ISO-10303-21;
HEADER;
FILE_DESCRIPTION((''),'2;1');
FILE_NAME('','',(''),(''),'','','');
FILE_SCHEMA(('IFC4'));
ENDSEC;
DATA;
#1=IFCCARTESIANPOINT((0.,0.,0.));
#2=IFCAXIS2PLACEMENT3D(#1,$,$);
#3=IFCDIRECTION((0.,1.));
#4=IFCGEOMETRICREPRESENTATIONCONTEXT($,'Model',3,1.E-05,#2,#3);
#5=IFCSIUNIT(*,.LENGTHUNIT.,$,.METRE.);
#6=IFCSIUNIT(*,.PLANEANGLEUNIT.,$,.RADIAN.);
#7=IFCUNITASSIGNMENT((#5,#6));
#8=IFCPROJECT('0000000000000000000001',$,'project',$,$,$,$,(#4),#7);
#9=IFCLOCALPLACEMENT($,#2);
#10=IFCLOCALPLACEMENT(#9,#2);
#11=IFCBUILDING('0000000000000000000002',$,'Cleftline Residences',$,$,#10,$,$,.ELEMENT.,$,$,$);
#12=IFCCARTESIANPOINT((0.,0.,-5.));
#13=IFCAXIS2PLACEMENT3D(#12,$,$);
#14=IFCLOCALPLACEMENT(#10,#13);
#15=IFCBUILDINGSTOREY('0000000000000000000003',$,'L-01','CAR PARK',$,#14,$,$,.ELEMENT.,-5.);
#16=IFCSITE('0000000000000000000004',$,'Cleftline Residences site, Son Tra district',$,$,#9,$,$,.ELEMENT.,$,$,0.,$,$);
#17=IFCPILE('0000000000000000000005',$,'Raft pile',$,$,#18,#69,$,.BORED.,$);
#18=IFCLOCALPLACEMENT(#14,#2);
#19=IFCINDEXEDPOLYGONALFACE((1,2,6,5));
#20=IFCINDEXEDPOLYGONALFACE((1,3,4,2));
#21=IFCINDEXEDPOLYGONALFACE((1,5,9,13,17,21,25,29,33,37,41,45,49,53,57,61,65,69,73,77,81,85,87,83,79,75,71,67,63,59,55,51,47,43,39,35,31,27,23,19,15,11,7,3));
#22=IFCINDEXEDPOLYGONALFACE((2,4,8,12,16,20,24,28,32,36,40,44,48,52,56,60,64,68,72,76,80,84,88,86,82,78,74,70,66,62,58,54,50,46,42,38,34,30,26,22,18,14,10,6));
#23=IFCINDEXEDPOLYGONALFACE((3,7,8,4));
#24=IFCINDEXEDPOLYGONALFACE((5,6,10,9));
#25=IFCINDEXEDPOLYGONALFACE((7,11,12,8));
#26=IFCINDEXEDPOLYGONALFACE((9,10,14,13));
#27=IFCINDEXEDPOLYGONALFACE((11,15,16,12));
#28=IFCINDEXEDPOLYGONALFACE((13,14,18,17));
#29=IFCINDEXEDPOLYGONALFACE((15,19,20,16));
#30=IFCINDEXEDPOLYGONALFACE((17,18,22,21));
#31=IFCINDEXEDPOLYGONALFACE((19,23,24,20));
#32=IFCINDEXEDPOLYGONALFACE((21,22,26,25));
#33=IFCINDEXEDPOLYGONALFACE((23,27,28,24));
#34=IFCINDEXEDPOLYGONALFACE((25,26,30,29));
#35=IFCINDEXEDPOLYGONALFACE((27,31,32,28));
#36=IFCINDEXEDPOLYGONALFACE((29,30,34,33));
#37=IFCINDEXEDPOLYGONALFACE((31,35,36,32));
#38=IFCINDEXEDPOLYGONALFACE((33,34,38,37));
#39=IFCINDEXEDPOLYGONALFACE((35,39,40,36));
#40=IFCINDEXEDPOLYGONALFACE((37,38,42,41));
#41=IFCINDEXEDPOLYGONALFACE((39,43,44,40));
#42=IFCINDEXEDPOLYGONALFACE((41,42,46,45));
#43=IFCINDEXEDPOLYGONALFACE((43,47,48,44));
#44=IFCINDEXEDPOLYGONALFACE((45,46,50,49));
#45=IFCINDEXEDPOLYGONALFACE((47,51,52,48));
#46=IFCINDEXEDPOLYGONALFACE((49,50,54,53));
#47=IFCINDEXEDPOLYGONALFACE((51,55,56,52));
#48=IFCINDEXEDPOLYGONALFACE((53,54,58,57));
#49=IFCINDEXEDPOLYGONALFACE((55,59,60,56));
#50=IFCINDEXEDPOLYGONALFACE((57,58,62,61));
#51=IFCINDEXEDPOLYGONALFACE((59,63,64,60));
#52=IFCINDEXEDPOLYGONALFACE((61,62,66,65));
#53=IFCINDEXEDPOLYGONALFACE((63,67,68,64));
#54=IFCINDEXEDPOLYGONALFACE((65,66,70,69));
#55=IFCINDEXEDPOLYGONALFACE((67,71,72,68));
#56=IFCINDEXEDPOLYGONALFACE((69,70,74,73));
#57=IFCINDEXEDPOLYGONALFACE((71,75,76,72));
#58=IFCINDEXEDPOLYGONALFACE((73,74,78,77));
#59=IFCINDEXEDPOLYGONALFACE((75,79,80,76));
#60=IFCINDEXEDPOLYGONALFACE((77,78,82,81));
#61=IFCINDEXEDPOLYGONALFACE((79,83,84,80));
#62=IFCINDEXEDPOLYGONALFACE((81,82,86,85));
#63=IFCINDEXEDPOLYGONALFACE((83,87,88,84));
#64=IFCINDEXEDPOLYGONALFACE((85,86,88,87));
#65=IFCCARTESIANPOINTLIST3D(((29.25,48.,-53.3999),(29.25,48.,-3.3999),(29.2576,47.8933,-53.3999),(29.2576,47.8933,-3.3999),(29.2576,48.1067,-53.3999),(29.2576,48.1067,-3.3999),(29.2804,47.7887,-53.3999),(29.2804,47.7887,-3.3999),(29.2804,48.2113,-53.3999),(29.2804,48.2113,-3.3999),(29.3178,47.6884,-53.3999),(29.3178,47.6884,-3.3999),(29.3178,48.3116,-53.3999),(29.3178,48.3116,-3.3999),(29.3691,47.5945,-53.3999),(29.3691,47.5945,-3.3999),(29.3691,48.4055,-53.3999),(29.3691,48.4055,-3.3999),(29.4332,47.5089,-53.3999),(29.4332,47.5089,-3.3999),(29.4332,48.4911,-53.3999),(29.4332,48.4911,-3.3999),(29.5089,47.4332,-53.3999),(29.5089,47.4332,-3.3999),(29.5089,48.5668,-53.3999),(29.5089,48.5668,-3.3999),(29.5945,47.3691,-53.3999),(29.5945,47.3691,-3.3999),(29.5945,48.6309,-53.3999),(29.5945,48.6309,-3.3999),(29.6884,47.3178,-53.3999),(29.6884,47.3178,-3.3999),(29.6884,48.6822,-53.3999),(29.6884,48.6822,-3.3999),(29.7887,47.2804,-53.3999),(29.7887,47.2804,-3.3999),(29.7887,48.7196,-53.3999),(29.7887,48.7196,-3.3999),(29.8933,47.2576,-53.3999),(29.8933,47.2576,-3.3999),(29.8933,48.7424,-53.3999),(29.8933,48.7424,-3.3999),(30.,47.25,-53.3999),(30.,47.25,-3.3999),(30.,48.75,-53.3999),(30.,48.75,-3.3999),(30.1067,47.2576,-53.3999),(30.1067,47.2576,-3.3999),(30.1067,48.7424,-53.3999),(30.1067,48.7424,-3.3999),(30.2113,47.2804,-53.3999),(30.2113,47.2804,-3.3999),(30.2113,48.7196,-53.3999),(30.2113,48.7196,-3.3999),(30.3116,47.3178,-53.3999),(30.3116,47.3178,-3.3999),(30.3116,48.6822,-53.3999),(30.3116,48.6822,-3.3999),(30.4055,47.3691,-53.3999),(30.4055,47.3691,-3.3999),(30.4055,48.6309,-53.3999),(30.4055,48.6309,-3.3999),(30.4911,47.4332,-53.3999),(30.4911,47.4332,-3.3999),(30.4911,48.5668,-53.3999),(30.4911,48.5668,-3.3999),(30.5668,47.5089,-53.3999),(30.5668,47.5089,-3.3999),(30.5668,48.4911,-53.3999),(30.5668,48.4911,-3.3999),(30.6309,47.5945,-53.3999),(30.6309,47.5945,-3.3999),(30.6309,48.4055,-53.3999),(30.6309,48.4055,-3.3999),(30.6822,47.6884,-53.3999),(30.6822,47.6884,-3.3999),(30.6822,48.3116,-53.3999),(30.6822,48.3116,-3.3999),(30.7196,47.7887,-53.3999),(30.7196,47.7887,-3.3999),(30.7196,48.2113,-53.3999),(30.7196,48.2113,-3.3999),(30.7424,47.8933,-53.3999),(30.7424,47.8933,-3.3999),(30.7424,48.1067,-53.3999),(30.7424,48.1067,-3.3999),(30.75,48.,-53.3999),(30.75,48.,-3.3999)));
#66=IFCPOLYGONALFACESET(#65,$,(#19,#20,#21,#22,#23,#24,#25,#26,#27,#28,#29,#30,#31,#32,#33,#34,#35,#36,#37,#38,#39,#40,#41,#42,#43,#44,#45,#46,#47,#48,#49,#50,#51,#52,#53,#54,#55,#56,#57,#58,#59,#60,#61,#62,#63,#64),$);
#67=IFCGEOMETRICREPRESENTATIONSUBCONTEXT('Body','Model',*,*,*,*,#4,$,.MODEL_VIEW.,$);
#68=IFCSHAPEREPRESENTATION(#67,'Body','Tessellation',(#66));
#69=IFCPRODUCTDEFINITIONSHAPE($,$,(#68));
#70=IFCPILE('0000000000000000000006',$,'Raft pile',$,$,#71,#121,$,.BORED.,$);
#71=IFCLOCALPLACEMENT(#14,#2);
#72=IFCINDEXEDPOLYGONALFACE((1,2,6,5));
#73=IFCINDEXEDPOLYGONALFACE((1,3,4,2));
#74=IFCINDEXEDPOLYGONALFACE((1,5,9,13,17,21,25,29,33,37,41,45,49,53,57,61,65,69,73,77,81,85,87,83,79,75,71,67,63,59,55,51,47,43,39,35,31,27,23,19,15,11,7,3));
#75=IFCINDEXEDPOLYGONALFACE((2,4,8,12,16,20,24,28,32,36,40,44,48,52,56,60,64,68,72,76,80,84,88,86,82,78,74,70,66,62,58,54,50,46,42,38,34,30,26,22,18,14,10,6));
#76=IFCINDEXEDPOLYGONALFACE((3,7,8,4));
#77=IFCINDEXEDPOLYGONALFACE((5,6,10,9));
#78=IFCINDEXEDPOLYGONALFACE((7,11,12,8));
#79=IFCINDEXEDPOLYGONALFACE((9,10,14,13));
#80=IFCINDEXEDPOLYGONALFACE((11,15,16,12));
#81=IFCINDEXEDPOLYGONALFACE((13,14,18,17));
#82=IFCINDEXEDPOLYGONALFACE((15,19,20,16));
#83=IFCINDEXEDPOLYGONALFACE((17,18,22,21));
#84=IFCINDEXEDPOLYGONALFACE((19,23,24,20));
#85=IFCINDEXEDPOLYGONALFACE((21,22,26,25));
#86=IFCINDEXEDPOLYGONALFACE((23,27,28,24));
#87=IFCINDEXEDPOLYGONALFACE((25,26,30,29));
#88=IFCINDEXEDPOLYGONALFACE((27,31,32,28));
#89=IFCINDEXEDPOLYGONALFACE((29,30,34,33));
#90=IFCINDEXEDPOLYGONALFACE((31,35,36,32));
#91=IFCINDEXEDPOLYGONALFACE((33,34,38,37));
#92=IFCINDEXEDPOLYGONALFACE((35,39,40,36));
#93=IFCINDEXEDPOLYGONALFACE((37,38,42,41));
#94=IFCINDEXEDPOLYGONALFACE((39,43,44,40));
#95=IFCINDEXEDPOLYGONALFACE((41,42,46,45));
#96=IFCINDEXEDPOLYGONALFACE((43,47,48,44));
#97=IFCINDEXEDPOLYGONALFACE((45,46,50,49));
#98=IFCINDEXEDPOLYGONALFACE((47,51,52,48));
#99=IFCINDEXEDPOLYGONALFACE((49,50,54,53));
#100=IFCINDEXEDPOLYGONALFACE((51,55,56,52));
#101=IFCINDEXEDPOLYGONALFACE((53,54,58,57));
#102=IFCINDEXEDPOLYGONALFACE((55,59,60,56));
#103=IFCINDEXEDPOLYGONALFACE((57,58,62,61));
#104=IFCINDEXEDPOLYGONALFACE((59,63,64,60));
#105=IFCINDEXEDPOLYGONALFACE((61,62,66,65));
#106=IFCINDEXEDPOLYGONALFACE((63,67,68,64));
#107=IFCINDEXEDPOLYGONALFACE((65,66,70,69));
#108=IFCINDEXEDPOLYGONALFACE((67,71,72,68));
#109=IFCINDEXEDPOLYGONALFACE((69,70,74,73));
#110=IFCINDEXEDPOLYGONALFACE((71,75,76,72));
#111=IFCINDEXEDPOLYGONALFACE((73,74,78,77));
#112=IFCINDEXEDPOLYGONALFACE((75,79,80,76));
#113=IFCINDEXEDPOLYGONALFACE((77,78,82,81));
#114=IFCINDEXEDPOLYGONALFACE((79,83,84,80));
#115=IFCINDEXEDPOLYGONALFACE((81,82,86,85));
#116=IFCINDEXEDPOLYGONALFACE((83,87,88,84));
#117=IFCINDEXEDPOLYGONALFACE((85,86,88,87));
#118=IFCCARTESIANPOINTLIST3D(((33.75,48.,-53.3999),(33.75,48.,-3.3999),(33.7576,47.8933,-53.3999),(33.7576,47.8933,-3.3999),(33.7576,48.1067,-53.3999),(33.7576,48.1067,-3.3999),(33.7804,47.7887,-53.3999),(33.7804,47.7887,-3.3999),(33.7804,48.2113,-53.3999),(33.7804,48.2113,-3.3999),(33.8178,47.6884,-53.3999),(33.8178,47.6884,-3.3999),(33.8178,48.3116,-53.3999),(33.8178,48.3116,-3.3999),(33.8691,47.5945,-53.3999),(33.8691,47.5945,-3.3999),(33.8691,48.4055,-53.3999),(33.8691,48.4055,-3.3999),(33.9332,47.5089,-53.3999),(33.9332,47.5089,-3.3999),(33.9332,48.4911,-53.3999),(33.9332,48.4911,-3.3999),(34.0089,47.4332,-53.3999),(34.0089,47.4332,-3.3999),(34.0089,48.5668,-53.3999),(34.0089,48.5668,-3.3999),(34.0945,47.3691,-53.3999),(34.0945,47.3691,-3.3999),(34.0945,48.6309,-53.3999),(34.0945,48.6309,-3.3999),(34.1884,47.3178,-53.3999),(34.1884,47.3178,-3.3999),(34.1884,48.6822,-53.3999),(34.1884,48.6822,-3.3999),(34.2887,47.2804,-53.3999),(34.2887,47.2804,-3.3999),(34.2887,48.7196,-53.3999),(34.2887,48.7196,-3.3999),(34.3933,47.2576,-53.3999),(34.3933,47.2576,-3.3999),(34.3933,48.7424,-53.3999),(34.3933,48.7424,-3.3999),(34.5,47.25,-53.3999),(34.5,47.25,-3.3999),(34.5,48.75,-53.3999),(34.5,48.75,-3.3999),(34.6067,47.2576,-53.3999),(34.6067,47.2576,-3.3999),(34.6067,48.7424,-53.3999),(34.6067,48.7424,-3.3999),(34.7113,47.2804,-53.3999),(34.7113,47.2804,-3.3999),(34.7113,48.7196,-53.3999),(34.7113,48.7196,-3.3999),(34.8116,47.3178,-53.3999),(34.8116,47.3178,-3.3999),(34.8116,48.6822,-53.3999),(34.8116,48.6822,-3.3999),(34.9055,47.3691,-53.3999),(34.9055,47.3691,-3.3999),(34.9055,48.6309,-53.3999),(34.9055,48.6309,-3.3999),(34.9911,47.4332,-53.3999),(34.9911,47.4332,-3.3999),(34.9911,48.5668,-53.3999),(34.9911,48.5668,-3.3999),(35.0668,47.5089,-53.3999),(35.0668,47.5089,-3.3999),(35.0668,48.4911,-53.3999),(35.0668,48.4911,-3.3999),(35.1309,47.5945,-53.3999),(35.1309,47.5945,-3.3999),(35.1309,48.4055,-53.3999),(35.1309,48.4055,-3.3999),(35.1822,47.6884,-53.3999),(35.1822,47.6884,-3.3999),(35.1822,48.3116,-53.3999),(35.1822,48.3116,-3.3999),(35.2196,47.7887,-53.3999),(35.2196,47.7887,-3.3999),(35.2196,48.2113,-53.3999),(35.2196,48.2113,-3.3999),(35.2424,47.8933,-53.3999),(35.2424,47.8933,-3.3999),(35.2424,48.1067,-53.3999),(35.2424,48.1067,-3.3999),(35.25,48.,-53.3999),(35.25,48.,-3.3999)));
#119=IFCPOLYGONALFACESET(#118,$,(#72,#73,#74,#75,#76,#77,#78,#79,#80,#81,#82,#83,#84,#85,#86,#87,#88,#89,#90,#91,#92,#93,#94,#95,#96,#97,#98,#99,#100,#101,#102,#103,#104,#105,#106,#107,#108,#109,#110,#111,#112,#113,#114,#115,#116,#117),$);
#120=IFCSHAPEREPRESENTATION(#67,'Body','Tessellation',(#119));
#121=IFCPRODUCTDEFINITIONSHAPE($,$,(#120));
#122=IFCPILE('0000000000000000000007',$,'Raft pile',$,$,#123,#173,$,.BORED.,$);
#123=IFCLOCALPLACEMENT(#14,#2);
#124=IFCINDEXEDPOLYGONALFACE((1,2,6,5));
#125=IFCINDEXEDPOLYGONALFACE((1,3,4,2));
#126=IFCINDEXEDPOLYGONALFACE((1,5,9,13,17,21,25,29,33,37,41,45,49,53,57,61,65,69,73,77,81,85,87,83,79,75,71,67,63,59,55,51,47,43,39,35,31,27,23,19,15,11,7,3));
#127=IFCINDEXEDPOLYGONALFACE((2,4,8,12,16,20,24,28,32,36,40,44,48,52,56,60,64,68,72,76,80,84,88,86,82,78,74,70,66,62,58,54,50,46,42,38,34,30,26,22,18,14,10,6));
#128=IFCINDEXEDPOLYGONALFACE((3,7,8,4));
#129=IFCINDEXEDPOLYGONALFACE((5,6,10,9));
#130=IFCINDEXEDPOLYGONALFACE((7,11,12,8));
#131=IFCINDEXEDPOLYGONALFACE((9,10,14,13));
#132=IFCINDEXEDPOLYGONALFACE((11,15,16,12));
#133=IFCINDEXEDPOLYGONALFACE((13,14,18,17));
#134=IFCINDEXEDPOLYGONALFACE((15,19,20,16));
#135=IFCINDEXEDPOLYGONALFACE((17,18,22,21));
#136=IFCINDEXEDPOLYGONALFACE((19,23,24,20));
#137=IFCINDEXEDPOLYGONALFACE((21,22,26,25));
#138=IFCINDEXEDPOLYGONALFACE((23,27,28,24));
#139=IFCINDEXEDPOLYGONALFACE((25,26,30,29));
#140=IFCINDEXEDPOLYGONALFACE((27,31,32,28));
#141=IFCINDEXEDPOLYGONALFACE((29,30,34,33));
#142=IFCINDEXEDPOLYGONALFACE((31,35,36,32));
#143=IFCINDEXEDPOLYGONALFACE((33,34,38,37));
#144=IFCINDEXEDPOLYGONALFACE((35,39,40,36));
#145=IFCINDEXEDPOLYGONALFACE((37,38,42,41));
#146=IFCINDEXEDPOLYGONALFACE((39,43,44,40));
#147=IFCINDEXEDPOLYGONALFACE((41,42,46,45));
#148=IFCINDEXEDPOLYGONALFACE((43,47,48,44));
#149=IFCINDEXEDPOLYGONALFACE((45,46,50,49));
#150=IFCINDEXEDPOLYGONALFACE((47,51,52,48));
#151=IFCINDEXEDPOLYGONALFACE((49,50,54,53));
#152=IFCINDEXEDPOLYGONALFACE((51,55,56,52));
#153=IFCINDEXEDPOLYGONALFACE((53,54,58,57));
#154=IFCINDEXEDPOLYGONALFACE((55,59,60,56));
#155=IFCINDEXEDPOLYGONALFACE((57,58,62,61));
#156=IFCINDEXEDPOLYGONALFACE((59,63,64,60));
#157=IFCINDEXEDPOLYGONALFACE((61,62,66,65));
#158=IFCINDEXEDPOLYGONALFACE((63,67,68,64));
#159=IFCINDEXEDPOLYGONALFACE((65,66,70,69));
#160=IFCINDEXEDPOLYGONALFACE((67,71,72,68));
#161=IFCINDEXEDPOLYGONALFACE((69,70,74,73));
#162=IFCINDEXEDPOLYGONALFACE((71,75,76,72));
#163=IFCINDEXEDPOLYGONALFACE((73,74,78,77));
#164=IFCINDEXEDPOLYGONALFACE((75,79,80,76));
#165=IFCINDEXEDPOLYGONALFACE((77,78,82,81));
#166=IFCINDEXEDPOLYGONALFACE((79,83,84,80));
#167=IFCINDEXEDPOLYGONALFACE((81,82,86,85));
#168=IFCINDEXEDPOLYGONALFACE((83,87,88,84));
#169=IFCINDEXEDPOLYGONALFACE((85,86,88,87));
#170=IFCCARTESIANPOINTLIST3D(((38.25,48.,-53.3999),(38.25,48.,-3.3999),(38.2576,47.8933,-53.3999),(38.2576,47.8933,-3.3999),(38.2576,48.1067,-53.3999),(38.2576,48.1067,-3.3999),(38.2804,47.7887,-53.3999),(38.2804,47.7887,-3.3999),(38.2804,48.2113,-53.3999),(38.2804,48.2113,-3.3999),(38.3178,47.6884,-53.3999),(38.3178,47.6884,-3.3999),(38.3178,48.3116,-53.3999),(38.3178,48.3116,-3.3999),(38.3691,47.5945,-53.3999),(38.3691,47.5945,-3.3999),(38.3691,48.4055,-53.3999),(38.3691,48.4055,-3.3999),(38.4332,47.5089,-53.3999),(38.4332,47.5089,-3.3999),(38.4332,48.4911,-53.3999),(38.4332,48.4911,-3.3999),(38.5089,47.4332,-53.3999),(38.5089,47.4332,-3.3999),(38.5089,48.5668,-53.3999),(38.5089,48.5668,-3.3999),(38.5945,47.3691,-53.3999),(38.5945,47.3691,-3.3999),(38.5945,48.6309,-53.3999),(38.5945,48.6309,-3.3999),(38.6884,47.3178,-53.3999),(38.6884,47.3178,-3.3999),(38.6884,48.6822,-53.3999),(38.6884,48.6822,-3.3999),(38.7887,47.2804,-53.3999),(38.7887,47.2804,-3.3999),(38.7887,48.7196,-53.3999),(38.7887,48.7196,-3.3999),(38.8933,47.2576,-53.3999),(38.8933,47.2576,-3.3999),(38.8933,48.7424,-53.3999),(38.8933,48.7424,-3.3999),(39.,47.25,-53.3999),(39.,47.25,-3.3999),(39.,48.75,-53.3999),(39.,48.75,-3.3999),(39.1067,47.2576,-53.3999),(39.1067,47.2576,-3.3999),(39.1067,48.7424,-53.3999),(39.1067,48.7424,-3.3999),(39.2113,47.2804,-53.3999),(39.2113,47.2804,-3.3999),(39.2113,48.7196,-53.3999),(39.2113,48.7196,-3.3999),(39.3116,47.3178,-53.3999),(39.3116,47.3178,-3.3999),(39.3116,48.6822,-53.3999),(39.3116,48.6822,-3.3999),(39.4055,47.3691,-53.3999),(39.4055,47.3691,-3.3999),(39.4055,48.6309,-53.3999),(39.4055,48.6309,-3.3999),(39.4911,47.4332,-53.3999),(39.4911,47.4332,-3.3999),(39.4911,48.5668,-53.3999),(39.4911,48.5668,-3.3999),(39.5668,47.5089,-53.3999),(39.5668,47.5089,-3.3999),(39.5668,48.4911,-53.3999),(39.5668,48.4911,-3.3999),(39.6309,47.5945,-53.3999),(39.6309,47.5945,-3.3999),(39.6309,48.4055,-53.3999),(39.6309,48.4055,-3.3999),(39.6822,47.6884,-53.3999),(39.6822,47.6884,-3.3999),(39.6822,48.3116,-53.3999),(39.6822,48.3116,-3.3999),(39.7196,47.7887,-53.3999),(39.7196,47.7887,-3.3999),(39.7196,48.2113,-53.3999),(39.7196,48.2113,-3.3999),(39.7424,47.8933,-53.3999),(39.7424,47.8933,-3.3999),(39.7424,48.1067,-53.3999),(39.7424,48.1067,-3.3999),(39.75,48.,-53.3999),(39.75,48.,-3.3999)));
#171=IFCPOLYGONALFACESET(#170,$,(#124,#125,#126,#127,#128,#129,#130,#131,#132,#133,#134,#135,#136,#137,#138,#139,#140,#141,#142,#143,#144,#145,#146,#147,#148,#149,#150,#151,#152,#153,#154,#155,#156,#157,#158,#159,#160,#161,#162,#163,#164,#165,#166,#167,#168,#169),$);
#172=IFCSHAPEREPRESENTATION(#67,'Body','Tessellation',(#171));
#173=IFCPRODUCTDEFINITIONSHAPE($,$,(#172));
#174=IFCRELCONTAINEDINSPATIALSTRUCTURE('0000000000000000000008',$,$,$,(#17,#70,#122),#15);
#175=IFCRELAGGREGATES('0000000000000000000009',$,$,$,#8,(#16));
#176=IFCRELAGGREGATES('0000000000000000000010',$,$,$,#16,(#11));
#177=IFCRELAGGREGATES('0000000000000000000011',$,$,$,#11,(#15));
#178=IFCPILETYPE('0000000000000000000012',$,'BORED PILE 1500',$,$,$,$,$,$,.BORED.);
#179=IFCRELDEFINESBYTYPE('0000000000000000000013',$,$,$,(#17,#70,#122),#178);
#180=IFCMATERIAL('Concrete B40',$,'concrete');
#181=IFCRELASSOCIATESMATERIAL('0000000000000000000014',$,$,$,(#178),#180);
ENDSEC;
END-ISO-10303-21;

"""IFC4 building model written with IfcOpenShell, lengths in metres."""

from ifc_helpers import new_model, si_unit, direction, frame, origin, origin_2d, place, context, subcontext, project, spatial, circle, extrude, material, material_profile, profile_set, type_object, element, save


model = new_model("IFC4")

# Units and contexts
model_context = context("Model", 3, precision=1e-05, world=origin(), true_north=direction((0.0, 1.0)))
body_context = subcontext(model_context, "Body", "Model", "MODEL_VIEW")
ifc_project = project(units=[si_unit("LENGTHUNIT", "METRE"), si_unit("PLANEANGLEUNIT", "RADIAN")], contexts=[model_context])

# Site, building, storey
site_placement = place(None, origin())
site = spatial("IfcSite", under=ifc_project, at=site_placement, Name="Cleftline Residences site, Son Tra district", CompositionType="ELEMENT", RefElevation=0.0)
building_placement = place(site_placement, origin())
building = spatial("IfcBuilding", under=site, at=building_placement, Name="Cleftline Residences", CompositionType="ELEMENT")
storey_placement = place(building_placement, frame((0.0, 0.0, -5.0)))
storey = spatial("IfcBuildingStorey", under=building, at=storey_placement, Name="L-01", Description="CAR PARK", CompositionType="ELEMENT", Elevation=-5.0)

# Piles
ifc_material_1 = material(Name="Concrete B40", Category="concrete")
ifc_material_profile_1 = material_profile(ifc_material_1, circle(Radius=0.75, at=origin_2d()))
ifc_profile_set_1 = profile_set([ifc_material_profile_1], Name="Concrete B40")
pile_type_1 = type_object("IfcPileType", Name="BORED PILE 1500", PredefinedType="BORED", material=ifc_profile_set_1)
for number, where, z_axis, x_axis, name in (
    (1, (30.0, 48.0, -3.3999), (0.0, 0.0, -1.0), (1.0, 0.0, 0.0), "Raft pile"),
    (2, (34.5, 48.0, -3.3999), (0.0, 0.0, -1.0), (1.0, 0.0, 0.0), "Raft pile"),
    (3, (39.0, 48.0, -3.3999), (0.0, 0.0, -1.0), (1.0, 0.0, 0.0), "Raft pile"),
):
    element("IfcPile", number, at=place(storey_placement, frame(where, z_axis=z_axis, x_axis=x_axis)), inside=storey, type_object=pile_type_1, Name=name, PredefinedType="BORED", context=body_context, shape_type="SweptSolid", body=[
        extrude(circle(Radius=0.75, at=origin_2d()), origin(), (0.0, 0.0, 1.0), 50.0),
    ])

save(model, "model.ifc")
